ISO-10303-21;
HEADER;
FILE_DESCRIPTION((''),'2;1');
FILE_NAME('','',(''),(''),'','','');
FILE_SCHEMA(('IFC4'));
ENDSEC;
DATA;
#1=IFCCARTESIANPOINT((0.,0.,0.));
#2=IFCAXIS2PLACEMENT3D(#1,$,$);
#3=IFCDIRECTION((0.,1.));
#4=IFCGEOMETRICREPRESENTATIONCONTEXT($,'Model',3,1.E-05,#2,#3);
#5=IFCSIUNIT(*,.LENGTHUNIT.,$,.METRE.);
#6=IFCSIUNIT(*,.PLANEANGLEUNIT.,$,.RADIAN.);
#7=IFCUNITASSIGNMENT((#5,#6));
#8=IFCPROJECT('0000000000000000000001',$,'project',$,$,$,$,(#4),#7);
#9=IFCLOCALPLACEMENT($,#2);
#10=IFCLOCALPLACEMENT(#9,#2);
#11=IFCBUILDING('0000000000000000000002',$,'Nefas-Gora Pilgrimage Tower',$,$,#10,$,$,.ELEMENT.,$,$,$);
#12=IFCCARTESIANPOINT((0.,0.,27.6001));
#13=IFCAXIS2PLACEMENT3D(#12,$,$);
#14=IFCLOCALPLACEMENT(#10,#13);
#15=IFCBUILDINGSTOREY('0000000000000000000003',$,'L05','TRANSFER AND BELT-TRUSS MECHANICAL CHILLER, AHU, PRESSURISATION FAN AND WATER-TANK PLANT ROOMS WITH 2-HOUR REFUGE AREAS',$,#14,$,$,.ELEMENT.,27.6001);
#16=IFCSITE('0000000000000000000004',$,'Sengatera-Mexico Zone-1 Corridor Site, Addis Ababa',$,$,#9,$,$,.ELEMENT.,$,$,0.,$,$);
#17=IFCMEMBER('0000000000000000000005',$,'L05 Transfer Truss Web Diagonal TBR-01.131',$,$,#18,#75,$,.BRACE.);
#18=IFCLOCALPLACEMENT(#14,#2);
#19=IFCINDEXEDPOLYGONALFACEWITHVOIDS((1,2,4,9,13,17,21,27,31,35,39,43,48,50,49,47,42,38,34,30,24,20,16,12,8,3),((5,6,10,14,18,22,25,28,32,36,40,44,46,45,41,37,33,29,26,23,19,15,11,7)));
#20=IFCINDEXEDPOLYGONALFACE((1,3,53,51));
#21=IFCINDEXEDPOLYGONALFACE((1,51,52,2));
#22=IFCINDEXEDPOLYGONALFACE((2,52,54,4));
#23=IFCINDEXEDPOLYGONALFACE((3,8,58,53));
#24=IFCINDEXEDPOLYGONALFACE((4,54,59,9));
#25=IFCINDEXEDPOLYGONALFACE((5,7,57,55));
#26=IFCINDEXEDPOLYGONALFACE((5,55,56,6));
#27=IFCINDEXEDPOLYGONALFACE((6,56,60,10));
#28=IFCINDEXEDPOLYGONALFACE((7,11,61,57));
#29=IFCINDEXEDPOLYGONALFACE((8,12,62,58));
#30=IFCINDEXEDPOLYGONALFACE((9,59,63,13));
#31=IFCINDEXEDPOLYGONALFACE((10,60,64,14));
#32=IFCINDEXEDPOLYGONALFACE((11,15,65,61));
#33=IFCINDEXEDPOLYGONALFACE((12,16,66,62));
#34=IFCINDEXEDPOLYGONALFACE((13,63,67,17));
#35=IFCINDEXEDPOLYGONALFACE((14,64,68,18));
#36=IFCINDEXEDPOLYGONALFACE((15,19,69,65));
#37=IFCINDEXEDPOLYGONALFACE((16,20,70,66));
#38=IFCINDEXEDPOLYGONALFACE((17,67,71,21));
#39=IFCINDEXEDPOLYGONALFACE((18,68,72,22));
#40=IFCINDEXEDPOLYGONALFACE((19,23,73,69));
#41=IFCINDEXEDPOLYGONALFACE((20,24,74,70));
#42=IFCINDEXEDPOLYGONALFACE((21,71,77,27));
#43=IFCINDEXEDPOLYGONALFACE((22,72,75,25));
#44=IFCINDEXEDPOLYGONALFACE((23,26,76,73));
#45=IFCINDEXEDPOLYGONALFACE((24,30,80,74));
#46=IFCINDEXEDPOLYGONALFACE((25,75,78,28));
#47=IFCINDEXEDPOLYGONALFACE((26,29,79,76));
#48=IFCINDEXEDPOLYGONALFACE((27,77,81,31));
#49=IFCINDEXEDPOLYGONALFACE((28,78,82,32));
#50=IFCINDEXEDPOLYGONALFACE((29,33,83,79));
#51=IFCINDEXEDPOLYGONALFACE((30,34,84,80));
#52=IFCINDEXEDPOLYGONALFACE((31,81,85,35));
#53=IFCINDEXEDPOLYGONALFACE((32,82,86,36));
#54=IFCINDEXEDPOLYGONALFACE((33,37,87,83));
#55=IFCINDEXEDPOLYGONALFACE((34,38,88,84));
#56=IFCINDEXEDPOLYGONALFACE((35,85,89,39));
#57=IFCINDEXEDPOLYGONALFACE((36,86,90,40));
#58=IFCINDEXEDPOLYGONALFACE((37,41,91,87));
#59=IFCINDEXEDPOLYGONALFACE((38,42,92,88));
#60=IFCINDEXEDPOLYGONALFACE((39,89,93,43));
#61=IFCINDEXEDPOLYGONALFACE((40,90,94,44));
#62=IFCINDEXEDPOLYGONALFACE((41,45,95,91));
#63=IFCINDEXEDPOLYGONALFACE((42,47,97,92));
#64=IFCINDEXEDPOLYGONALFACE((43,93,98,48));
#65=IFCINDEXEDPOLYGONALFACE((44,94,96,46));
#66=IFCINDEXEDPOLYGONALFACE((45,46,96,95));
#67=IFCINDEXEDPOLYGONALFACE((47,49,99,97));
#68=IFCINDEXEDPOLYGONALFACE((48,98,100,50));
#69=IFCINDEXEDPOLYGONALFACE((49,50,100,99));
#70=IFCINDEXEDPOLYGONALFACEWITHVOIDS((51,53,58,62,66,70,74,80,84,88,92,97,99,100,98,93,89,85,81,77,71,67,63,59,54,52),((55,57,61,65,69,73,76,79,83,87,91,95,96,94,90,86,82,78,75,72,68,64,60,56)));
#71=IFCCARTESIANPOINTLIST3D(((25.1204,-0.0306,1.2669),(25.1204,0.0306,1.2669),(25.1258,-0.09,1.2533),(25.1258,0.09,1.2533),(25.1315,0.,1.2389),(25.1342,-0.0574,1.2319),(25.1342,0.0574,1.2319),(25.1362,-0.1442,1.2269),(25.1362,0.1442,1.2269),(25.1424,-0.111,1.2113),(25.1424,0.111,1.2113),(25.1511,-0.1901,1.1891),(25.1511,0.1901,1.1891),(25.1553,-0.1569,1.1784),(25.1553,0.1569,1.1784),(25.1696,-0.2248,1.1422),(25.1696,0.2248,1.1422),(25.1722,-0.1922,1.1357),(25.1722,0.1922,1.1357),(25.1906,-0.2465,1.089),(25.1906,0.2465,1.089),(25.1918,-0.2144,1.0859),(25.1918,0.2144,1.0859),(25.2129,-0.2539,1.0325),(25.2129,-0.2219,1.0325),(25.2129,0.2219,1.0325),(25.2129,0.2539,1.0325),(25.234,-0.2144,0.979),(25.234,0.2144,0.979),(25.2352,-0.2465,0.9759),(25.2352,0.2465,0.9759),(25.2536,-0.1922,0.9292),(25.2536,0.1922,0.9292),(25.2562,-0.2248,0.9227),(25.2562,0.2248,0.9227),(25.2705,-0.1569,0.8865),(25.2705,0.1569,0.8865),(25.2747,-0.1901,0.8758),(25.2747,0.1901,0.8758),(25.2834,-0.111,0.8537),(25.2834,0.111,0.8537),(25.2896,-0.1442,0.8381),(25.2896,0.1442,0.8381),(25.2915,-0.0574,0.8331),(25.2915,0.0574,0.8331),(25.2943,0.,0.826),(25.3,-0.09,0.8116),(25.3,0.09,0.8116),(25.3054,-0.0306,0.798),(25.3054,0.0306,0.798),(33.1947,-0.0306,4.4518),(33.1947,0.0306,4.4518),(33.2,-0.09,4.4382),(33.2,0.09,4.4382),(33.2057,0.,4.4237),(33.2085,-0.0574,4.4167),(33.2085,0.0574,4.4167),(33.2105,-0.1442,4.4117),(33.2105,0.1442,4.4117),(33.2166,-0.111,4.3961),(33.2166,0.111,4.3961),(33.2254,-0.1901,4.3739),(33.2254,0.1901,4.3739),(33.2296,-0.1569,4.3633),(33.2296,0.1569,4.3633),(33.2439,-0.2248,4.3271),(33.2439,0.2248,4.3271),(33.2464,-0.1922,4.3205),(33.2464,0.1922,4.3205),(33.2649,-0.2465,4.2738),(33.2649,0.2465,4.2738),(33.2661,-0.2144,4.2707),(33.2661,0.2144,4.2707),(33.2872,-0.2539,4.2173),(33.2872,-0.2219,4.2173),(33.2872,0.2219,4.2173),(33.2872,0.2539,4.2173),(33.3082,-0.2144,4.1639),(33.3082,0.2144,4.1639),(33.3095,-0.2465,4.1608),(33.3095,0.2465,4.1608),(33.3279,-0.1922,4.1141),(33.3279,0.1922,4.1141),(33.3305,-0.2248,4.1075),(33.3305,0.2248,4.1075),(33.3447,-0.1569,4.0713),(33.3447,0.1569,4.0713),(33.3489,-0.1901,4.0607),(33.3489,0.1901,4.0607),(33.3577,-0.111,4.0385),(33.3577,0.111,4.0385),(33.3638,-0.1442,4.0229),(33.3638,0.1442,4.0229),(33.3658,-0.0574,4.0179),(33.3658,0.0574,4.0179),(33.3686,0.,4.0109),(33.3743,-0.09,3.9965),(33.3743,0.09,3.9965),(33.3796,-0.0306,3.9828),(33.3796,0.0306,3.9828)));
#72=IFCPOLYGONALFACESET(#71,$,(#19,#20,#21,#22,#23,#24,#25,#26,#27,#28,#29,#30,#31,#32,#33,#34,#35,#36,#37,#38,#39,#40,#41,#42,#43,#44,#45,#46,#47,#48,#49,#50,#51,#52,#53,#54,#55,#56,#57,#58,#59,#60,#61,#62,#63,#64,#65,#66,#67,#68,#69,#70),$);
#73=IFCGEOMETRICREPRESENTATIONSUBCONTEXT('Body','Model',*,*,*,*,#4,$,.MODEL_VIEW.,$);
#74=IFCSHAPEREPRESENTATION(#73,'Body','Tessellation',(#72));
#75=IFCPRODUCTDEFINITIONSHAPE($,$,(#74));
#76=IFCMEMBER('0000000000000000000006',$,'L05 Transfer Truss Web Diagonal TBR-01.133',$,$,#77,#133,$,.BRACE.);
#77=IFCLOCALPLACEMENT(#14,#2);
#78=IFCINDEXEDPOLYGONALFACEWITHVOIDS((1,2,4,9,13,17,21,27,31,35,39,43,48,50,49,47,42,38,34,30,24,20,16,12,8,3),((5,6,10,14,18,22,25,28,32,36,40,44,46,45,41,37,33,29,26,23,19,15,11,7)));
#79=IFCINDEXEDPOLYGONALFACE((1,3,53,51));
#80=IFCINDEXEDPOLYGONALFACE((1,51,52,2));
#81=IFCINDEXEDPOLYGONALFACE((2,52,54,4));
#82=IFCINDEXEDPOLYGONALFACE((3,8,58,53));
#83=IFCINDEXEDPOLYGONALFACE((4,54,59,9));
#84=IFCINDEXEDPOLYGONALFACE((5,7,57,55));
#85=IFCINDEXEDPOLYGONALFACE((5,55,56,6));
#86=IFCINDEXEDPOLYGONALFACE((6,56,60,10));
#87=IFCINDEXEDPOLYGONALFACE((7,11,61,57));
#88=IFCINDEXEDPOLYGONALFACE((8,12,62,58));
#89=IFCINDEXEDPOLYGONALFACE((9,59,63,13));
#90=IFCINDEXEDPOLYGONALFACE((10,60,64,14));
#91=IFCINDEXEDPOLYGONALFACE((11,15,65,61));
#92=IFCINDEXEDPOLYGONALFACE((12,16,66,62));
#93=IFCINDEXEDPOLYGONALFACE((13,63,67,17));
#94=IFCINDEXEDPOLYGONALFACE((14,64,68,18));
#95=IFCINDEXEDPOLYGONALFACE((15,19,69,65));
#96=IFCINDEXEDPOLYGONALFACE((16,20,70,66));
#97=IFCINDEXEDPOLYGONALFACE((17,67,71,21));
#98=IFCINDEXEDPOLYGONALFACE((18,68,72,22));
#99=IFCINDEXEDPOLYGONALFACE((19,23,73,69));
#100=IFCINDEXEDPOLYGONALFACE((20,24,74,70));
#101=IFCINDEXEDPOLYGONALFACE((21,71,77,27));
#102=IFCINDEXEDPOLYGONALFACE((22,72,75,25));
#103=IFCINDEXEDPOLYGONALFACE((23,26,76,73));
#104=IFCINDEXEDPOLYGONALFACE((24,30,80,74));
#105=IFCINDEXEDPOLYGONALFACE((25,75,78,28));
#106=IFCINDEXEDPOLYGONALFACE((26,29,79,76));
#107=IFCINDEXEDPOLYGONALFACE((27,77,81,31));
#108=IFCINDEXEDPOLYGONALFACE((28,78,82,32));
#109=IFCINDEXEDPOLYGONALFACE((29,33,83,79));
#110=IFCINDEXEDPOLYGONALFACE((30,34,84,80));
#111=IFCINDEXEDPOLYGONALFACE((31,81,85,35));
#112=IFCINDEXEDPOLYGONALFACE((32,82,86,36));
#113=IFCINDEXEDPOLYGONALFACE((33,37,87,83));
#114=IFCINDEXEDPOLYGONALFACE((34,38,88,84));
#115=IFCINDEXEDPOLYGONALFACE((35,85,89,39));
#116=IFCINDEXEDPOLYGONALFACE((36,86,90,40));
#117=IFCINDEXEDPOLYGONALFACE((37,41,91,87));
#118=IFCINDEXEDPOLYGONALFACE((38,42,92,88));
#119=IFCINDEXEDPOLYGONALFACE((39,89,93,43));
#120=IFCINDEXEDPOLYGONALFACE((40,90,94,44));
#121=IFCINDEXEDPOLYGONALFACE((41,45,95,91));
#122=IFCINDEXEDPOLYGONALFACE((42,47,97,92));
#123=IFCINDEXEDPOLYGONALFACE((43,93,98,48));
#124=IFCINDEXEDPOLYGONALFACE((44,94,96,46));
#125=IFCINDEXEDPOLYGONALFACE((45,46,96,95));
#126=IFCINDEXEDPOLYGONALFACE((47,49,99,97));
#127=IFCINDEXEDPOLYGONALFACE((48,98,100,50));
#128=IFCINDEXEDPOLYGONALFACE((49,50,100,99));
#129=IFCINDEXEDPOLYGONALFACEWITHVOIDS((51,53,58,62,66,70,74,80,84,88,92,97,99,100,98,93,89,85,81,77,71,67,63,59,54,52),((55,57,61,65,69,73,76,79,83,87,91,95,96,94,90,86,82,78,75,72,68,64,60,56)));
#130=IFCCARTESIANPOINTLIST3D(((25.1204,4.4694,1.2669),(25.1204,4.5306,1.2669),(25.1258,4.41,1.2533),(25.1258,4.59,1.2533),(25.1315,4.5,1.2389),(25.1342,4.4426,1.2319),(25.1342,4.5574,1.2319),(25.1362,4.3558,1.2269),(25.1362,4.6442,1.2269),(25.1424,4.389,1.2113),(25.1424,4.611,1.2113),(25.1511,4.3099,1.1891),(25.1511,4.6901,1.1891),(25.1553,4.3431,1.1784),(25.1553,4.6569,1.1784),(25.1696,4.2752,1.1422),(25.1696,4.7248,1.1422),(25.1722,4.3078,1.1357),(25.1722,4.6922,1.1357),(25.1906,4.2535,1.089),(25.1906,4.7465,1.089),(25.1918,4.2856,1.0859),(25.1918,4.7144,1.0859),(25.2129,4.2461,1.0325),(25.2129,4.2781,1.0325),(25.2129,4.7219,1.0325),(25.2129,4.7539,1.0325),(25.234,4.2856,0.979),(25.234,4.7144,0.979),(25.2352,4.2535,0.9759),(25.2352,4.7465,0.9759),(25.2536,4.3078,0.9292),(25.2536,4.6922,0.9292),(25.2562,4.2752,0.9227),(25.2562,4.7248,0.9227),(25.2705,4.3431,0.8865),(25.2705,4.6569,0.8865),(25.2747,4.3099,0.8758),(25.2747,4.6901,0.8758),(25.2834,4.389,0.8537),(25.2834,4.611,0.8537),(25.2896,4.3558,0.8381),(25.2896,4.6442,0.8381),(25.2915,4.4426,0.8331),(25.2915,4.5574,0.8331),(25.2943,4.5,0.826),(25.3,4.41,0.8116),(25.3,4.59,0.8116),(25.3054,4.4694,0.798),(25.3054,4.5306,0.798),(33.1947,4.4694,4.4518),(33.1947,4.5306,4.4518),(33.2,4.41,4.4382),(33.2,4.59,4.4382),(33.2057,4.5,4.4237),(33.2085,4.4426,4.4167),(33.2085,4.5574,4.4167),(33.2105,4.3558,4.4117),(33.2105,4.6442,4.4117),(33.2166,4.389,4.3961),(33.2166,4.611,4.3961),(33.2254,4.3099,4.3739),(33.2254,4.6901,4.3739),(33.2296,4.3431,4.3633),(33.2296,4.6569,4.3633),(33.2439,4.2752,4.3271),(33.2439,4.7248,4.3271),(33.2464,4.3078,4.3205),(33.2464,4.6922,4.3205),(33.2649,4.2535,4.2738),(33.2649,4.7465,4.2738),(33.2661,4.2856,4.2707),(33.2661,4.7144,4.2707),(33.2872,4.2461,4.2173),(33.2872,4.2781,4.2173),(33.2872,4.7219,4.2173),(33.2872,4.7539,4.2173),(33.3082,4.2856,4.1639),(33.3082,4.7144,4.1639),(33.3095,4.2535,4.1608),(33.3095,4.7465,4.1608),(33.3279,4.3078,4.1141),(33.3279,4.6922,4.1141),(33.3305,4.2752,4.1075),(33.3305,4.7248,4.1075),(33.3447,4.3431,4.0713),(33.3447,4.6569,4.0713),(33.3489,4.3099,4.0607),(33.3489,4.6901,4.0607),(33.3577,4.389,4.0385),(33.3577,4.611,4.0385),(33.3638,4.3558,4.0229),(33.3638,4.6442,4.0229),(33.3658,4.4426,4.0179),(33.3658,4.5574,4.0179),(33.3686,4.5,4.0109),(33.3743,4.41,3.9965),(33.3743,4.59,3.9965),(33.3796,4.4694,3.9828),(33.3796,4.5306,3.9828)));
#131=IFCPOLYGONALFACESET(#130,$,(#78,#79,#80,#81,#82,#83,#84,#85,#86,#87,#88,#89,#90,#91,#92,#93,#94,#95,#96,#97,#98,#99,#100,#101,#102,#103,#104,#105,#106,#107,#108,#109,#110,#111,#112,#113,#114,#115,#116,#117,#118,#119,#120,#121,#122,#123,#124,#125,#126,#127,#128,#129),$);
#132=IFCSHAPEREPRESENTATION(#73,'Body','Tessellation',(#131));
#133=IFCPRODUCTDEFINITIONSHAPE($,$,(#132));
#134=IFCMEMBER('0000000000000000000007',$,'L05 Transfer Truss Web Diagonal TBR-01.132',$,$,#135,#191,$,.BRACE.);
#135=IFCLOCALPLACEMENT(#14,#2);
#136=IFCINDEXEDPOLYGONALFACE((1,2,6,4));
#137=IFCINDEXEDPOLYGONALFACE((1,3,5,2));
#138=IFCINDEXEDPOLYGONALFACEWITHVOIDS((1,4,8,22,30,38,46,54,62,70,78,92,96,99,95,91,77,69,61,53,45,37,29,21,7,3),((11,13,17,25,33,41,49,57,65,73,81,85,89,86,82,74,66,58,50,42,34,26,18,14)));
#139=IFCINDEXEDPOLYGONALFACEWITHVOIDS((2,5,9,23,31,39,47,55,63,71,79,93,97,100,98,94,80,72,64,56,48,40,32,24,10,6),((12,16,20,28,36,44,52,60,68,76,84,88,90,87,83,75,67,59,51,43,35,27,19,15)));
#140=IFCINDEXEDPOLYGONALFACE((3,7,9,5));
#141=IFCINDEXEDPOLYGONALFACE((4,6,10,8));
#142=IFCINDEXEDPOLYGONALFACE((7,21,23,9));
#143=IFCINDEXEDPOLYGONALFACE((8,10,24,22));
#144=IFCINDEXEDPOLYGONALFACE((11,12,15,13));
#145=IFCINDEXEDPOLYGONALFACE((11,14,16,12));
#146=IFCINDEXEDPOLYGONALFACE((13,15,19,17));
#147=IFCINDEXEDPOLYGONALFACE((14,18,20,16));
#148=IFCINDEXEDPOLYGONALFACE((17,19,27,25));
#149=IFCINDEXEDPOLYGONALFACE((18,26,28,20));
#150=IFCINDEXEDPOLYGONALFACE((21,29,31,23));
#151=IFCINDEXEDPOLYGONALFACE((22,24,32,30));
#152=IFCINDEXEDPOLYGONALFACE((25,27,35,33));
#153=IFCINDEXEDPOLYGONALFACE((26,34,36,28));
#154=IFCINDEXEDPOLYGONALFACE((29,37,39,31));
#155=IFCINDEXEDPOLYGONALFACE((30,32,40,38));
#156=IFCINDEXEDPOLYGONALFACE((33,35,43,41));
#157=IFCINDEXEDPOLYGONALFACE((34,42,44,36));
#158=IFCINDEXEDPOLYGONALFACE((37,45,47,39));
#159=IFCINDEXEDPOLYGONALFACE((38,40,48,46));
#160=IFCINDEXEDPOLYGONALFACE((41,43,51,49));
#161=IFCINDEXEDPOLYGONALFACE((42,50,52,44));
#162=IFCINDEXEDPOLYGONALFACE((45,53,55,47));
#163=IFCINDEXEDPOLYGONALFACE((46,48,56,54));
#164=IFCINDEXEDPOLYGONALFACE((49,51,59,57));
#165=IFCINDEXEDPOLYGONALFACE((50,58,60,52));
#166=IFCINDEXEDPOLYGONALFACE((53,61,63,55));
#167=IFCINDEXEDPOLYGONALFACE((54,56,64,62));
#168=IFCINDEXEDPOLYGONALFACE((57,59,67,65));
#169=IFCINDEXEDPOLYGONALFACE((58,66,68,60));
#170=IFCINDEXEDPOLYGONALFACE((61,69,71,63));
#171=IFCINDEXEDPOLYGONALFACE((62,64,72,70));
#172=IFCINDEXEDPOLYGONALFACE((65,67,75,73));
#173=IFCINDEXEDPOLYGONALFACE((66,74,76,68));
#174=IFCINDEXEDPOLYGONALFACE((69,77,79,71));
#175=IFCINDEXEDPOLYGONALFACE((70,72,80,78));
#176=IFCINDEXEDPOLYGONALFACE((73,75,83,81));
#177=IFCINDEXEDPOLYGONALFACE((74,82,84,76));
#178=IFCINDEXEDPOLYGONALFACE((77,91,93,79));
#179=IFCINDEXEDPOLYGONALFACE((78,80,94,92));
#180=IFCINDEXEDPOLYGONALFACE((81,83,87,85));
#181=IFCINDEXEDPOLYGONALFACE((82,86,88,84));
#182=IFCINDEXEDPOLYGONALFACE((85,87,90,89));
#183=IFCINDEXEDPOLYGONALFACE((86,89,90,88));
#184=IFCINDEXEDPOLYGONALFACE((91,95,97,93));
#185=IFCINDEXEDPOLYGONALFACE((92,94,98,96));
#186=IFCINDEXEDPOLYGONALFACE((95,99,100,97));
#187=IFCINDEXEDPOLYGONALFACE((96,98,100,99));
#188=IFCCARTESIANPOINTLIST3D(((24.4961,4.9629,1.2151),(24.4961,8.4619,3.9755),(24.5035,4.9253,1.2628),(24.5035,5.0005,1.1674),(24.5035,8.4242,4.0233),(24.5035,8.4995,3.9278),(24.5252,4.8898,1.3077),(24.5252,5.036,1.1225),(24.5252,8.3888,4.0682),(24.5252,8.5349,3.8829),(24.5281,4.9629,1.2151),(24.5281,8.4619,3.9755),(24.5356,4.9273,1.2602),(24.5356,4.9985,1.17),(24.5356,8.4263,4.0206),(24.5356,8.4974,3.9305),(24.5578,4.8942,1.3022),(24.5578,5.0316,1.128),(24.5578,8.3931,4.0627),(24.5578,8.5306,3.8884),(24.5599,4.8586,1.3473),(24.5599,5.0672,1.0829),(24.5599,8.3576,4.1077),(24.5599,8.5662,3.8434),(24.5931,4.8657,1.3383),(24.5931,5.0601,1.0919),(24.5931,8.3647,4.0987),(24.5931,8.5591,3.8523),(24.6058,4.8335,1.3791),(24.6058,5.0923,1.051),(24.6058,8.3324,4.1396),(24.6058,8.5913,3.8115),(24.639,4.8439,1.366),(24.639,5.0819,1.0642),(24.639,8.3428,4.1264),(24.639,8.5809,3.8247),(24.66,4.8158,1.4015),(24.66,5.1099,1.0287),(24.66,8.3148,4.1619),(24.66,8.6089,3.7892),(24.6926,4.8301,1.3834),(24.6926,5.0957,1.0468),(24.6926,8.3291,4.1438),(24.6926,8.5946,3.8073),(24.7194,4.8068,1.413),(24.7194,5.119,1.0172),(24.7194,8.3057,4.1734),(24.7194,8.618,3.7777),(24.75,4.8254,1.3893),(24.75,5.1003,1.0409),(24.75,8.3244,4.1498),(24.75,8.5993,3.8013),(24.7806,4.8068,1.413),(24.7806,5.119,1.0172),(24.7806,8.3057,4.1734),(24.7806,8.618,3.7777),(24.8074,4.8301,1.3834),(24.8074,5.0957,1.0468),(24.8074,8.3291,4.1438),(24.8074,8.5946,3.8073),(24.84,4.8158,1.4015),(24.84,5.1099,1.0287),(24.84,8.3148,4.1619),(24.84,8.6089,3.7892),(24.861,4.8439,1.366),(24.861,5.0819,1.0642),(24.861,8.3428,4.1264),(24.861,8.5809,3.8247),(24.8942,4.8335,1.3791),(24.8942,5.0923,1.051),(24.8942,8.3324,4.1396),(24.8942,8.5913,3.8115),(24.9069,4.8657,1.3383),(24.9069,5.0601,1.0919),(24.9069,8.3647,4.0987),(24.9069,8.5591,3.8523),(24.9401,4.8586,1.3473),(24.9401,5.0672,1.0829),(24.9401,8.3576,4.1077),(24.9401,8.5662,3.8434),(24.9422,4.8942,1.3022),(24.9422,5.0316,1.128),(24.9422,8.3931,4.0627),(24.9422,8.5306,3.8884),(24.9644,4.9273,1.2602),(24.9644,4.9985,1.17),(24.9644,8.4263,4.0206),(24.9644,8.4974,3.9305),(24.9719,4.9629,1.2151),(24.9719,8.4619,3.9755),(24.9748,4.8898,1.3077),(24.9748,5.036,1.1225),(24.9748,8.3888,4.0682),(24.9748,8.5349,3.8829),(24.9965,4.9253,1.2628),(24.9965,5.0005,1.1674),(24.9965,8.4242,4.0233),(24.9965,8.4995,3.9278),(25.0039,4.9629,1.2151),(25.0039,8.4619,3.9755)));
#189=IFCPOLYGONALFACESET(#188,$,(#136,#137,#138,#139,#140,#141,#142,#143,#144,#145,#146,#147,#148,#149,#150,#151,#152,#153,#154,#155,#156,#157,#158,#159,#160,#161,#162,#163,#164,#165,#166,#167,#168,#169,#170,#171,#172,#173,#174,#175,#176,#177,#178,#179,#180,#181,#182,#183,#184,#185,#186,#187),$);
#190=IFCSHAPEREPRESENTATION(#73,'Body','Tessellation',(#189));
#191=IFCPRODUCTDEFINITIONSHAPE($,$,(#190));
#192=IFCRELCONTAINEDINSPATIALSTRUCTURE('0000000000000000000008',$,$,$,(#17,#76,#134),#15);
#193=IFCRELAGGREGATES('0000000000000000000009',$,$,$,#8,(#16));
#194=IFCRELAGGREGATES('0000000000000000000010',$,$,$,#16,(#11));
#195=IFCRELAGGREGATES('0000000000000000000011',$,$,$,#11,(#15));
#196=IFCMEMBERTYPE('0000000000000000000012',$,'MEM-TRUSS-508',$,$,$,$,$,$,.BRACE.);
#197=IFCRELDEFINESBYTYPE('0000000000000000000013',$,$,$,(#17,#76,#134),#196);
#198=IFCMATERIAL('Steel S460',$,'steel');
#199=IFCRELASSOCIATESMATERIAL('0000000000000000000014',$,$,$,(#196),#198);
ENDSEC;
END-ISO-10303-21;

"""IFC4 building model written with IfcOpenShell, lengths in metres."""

from ifc_helpers import new_model, si_unit, direction, frame, origin, origin_2d, place, context, subcontext, project, spatial, hollow_circle, extrude, source, transform, mapped, material, material_profile, profile_set, type_object, element, save


model = new_model("IFC4")

# Units and contexts
model_context = context("Model", 3, precision=1e-05, world=origin(), true_north=direction((0.0, 1.0)))
body_context = subcontext(model_context, "Body", "Model", "MODEL_VIEW")
ifc_project = project(units=[si_unit("LENGTHUNIT", "METRE"), si_unit("PLANEANGLEUNIT", "RADIAN")], contexts=[model_context])

# Site, building, storey
site_placement = place(None, origin())
site = spatial("IfcSite", under=ifc_project, at=site_placement, Name="Sengatera-Mexico Zone-1 Corridor Site, Addis Ababa", CompositionType="ELEMENT", RefElevation=0.0)
building_placement = place(site_placement, origin())
building = spatial("IfcBuilding", under=site, at=building_placement, Name="Nefas-Gora Pilgrimage Tower", CompositionType="ELEMENT")
storey_placement = place(building_placement, frame((0.0, 0.0, 27.6001)))
storey = spatial("IfcBuildingStorey", under=building, at=storey_placement, Name="L05", Description="TRANSFER AND BELT-TRUSS MECHANICAL CHILLER, AHU, PRESSURISATION FAN AND WATER-TANK PLANT ROOMS WITH 2-HOUR REFUGE AREAS", CompositionType="ELEMENT", Elevation=27.6001)

# Shared definitions
ifc_material = material(Name="Steel S460", Category="steel")

# Shared definitions
ifc_material_profile_1 = material_profile(ifc_material, hollow_circle(Radius=0.2539, WallThickness=0.032, at=origin_2d()), Name="CHS 508x32")
ifc_profile_set_1 = profile_set([ifc_material_profile_1], Name="Steel S460")
member_type = type_object("IfcMemberType", Name="MEM-TRUSS-508", PredefinedType="BRACE", material=ifc_profile_set_1)

# Members
shared_shape_1 = source(origin(), body_context, "Body", "SweptSolid", [
    extrude(hollow_circle(Radius=0.2539, WallThickness=0.032, at=origin_2d()), origin(), (0.0, 0.0, 1.0), 8.6797),
])
for number, where, z_axis, x_axis, name in (
    (1, (25.2129, 0.0, 1.0325), (0.930249, 0.0, 0.36693), (0.0, 1.0, 0.0), "L05 Transfer Truss Web Diagonal TBR-01.131"),
    (2, (25.2129, 4.5, 1.0325), (0.930249, 0.0, 0.36693), (0.0, 1.0, 0.0), "L05 Transfer Truss Web Diagonal TBR-01.133"),
):
    element("IfcMember", number, at=place(storey_placement, frame(where, z_axis=z_axis, x_axis=x_axis)), inside=storey, type_object=member_type, Name=name, PredefinedType="BRACE", context=body_context, shape_type="MappedRepresentation", body=[
        mapped(shared_shape_1, transform((0.0, 0.0, 0.0), x_axis=(1.0, 0.0, 0.0), y_axis=(0.0, 1.0, 0.0), z_axis=(0.0, 0.0, 1.0), scale=1.0)),
    ])
shared_shape_2 = source(origin(), body_context, "Body", "SweptSolid", [
    extrude(hollow_circle(Radius=0.2539, WallThickness=0.032, at=origin_2d()), origin(), (0.0, 0.0, 1.0), 4.4568),
])
member_1_placement = place(storey_placement, frame((24.75, 4.9629, 1.2151), z_axis=(0.0, 0.785089, 0.619383), x_axis=(-1.0, 0.0, 0.0)))
element("IfcMember", 3, at=member_1_placement, inside=storey, type_object=member_type, Name="L05 Transfer Truss Web Diagonal TBR-01.132", PredefinedType="BRACE", context=body_context, shape_type="MappedRepresentation", body=[
    mapped(shared_shape_2, transform((0.0, 0.0, 0.0), x_axis=(1.0, 0.0, 0.0), y_axis=(0.0, 1.0, 0.0), z_axis=(0.0, 0.0, 1.0), scale=1.0)),
])

save(model, "model.ifc")
